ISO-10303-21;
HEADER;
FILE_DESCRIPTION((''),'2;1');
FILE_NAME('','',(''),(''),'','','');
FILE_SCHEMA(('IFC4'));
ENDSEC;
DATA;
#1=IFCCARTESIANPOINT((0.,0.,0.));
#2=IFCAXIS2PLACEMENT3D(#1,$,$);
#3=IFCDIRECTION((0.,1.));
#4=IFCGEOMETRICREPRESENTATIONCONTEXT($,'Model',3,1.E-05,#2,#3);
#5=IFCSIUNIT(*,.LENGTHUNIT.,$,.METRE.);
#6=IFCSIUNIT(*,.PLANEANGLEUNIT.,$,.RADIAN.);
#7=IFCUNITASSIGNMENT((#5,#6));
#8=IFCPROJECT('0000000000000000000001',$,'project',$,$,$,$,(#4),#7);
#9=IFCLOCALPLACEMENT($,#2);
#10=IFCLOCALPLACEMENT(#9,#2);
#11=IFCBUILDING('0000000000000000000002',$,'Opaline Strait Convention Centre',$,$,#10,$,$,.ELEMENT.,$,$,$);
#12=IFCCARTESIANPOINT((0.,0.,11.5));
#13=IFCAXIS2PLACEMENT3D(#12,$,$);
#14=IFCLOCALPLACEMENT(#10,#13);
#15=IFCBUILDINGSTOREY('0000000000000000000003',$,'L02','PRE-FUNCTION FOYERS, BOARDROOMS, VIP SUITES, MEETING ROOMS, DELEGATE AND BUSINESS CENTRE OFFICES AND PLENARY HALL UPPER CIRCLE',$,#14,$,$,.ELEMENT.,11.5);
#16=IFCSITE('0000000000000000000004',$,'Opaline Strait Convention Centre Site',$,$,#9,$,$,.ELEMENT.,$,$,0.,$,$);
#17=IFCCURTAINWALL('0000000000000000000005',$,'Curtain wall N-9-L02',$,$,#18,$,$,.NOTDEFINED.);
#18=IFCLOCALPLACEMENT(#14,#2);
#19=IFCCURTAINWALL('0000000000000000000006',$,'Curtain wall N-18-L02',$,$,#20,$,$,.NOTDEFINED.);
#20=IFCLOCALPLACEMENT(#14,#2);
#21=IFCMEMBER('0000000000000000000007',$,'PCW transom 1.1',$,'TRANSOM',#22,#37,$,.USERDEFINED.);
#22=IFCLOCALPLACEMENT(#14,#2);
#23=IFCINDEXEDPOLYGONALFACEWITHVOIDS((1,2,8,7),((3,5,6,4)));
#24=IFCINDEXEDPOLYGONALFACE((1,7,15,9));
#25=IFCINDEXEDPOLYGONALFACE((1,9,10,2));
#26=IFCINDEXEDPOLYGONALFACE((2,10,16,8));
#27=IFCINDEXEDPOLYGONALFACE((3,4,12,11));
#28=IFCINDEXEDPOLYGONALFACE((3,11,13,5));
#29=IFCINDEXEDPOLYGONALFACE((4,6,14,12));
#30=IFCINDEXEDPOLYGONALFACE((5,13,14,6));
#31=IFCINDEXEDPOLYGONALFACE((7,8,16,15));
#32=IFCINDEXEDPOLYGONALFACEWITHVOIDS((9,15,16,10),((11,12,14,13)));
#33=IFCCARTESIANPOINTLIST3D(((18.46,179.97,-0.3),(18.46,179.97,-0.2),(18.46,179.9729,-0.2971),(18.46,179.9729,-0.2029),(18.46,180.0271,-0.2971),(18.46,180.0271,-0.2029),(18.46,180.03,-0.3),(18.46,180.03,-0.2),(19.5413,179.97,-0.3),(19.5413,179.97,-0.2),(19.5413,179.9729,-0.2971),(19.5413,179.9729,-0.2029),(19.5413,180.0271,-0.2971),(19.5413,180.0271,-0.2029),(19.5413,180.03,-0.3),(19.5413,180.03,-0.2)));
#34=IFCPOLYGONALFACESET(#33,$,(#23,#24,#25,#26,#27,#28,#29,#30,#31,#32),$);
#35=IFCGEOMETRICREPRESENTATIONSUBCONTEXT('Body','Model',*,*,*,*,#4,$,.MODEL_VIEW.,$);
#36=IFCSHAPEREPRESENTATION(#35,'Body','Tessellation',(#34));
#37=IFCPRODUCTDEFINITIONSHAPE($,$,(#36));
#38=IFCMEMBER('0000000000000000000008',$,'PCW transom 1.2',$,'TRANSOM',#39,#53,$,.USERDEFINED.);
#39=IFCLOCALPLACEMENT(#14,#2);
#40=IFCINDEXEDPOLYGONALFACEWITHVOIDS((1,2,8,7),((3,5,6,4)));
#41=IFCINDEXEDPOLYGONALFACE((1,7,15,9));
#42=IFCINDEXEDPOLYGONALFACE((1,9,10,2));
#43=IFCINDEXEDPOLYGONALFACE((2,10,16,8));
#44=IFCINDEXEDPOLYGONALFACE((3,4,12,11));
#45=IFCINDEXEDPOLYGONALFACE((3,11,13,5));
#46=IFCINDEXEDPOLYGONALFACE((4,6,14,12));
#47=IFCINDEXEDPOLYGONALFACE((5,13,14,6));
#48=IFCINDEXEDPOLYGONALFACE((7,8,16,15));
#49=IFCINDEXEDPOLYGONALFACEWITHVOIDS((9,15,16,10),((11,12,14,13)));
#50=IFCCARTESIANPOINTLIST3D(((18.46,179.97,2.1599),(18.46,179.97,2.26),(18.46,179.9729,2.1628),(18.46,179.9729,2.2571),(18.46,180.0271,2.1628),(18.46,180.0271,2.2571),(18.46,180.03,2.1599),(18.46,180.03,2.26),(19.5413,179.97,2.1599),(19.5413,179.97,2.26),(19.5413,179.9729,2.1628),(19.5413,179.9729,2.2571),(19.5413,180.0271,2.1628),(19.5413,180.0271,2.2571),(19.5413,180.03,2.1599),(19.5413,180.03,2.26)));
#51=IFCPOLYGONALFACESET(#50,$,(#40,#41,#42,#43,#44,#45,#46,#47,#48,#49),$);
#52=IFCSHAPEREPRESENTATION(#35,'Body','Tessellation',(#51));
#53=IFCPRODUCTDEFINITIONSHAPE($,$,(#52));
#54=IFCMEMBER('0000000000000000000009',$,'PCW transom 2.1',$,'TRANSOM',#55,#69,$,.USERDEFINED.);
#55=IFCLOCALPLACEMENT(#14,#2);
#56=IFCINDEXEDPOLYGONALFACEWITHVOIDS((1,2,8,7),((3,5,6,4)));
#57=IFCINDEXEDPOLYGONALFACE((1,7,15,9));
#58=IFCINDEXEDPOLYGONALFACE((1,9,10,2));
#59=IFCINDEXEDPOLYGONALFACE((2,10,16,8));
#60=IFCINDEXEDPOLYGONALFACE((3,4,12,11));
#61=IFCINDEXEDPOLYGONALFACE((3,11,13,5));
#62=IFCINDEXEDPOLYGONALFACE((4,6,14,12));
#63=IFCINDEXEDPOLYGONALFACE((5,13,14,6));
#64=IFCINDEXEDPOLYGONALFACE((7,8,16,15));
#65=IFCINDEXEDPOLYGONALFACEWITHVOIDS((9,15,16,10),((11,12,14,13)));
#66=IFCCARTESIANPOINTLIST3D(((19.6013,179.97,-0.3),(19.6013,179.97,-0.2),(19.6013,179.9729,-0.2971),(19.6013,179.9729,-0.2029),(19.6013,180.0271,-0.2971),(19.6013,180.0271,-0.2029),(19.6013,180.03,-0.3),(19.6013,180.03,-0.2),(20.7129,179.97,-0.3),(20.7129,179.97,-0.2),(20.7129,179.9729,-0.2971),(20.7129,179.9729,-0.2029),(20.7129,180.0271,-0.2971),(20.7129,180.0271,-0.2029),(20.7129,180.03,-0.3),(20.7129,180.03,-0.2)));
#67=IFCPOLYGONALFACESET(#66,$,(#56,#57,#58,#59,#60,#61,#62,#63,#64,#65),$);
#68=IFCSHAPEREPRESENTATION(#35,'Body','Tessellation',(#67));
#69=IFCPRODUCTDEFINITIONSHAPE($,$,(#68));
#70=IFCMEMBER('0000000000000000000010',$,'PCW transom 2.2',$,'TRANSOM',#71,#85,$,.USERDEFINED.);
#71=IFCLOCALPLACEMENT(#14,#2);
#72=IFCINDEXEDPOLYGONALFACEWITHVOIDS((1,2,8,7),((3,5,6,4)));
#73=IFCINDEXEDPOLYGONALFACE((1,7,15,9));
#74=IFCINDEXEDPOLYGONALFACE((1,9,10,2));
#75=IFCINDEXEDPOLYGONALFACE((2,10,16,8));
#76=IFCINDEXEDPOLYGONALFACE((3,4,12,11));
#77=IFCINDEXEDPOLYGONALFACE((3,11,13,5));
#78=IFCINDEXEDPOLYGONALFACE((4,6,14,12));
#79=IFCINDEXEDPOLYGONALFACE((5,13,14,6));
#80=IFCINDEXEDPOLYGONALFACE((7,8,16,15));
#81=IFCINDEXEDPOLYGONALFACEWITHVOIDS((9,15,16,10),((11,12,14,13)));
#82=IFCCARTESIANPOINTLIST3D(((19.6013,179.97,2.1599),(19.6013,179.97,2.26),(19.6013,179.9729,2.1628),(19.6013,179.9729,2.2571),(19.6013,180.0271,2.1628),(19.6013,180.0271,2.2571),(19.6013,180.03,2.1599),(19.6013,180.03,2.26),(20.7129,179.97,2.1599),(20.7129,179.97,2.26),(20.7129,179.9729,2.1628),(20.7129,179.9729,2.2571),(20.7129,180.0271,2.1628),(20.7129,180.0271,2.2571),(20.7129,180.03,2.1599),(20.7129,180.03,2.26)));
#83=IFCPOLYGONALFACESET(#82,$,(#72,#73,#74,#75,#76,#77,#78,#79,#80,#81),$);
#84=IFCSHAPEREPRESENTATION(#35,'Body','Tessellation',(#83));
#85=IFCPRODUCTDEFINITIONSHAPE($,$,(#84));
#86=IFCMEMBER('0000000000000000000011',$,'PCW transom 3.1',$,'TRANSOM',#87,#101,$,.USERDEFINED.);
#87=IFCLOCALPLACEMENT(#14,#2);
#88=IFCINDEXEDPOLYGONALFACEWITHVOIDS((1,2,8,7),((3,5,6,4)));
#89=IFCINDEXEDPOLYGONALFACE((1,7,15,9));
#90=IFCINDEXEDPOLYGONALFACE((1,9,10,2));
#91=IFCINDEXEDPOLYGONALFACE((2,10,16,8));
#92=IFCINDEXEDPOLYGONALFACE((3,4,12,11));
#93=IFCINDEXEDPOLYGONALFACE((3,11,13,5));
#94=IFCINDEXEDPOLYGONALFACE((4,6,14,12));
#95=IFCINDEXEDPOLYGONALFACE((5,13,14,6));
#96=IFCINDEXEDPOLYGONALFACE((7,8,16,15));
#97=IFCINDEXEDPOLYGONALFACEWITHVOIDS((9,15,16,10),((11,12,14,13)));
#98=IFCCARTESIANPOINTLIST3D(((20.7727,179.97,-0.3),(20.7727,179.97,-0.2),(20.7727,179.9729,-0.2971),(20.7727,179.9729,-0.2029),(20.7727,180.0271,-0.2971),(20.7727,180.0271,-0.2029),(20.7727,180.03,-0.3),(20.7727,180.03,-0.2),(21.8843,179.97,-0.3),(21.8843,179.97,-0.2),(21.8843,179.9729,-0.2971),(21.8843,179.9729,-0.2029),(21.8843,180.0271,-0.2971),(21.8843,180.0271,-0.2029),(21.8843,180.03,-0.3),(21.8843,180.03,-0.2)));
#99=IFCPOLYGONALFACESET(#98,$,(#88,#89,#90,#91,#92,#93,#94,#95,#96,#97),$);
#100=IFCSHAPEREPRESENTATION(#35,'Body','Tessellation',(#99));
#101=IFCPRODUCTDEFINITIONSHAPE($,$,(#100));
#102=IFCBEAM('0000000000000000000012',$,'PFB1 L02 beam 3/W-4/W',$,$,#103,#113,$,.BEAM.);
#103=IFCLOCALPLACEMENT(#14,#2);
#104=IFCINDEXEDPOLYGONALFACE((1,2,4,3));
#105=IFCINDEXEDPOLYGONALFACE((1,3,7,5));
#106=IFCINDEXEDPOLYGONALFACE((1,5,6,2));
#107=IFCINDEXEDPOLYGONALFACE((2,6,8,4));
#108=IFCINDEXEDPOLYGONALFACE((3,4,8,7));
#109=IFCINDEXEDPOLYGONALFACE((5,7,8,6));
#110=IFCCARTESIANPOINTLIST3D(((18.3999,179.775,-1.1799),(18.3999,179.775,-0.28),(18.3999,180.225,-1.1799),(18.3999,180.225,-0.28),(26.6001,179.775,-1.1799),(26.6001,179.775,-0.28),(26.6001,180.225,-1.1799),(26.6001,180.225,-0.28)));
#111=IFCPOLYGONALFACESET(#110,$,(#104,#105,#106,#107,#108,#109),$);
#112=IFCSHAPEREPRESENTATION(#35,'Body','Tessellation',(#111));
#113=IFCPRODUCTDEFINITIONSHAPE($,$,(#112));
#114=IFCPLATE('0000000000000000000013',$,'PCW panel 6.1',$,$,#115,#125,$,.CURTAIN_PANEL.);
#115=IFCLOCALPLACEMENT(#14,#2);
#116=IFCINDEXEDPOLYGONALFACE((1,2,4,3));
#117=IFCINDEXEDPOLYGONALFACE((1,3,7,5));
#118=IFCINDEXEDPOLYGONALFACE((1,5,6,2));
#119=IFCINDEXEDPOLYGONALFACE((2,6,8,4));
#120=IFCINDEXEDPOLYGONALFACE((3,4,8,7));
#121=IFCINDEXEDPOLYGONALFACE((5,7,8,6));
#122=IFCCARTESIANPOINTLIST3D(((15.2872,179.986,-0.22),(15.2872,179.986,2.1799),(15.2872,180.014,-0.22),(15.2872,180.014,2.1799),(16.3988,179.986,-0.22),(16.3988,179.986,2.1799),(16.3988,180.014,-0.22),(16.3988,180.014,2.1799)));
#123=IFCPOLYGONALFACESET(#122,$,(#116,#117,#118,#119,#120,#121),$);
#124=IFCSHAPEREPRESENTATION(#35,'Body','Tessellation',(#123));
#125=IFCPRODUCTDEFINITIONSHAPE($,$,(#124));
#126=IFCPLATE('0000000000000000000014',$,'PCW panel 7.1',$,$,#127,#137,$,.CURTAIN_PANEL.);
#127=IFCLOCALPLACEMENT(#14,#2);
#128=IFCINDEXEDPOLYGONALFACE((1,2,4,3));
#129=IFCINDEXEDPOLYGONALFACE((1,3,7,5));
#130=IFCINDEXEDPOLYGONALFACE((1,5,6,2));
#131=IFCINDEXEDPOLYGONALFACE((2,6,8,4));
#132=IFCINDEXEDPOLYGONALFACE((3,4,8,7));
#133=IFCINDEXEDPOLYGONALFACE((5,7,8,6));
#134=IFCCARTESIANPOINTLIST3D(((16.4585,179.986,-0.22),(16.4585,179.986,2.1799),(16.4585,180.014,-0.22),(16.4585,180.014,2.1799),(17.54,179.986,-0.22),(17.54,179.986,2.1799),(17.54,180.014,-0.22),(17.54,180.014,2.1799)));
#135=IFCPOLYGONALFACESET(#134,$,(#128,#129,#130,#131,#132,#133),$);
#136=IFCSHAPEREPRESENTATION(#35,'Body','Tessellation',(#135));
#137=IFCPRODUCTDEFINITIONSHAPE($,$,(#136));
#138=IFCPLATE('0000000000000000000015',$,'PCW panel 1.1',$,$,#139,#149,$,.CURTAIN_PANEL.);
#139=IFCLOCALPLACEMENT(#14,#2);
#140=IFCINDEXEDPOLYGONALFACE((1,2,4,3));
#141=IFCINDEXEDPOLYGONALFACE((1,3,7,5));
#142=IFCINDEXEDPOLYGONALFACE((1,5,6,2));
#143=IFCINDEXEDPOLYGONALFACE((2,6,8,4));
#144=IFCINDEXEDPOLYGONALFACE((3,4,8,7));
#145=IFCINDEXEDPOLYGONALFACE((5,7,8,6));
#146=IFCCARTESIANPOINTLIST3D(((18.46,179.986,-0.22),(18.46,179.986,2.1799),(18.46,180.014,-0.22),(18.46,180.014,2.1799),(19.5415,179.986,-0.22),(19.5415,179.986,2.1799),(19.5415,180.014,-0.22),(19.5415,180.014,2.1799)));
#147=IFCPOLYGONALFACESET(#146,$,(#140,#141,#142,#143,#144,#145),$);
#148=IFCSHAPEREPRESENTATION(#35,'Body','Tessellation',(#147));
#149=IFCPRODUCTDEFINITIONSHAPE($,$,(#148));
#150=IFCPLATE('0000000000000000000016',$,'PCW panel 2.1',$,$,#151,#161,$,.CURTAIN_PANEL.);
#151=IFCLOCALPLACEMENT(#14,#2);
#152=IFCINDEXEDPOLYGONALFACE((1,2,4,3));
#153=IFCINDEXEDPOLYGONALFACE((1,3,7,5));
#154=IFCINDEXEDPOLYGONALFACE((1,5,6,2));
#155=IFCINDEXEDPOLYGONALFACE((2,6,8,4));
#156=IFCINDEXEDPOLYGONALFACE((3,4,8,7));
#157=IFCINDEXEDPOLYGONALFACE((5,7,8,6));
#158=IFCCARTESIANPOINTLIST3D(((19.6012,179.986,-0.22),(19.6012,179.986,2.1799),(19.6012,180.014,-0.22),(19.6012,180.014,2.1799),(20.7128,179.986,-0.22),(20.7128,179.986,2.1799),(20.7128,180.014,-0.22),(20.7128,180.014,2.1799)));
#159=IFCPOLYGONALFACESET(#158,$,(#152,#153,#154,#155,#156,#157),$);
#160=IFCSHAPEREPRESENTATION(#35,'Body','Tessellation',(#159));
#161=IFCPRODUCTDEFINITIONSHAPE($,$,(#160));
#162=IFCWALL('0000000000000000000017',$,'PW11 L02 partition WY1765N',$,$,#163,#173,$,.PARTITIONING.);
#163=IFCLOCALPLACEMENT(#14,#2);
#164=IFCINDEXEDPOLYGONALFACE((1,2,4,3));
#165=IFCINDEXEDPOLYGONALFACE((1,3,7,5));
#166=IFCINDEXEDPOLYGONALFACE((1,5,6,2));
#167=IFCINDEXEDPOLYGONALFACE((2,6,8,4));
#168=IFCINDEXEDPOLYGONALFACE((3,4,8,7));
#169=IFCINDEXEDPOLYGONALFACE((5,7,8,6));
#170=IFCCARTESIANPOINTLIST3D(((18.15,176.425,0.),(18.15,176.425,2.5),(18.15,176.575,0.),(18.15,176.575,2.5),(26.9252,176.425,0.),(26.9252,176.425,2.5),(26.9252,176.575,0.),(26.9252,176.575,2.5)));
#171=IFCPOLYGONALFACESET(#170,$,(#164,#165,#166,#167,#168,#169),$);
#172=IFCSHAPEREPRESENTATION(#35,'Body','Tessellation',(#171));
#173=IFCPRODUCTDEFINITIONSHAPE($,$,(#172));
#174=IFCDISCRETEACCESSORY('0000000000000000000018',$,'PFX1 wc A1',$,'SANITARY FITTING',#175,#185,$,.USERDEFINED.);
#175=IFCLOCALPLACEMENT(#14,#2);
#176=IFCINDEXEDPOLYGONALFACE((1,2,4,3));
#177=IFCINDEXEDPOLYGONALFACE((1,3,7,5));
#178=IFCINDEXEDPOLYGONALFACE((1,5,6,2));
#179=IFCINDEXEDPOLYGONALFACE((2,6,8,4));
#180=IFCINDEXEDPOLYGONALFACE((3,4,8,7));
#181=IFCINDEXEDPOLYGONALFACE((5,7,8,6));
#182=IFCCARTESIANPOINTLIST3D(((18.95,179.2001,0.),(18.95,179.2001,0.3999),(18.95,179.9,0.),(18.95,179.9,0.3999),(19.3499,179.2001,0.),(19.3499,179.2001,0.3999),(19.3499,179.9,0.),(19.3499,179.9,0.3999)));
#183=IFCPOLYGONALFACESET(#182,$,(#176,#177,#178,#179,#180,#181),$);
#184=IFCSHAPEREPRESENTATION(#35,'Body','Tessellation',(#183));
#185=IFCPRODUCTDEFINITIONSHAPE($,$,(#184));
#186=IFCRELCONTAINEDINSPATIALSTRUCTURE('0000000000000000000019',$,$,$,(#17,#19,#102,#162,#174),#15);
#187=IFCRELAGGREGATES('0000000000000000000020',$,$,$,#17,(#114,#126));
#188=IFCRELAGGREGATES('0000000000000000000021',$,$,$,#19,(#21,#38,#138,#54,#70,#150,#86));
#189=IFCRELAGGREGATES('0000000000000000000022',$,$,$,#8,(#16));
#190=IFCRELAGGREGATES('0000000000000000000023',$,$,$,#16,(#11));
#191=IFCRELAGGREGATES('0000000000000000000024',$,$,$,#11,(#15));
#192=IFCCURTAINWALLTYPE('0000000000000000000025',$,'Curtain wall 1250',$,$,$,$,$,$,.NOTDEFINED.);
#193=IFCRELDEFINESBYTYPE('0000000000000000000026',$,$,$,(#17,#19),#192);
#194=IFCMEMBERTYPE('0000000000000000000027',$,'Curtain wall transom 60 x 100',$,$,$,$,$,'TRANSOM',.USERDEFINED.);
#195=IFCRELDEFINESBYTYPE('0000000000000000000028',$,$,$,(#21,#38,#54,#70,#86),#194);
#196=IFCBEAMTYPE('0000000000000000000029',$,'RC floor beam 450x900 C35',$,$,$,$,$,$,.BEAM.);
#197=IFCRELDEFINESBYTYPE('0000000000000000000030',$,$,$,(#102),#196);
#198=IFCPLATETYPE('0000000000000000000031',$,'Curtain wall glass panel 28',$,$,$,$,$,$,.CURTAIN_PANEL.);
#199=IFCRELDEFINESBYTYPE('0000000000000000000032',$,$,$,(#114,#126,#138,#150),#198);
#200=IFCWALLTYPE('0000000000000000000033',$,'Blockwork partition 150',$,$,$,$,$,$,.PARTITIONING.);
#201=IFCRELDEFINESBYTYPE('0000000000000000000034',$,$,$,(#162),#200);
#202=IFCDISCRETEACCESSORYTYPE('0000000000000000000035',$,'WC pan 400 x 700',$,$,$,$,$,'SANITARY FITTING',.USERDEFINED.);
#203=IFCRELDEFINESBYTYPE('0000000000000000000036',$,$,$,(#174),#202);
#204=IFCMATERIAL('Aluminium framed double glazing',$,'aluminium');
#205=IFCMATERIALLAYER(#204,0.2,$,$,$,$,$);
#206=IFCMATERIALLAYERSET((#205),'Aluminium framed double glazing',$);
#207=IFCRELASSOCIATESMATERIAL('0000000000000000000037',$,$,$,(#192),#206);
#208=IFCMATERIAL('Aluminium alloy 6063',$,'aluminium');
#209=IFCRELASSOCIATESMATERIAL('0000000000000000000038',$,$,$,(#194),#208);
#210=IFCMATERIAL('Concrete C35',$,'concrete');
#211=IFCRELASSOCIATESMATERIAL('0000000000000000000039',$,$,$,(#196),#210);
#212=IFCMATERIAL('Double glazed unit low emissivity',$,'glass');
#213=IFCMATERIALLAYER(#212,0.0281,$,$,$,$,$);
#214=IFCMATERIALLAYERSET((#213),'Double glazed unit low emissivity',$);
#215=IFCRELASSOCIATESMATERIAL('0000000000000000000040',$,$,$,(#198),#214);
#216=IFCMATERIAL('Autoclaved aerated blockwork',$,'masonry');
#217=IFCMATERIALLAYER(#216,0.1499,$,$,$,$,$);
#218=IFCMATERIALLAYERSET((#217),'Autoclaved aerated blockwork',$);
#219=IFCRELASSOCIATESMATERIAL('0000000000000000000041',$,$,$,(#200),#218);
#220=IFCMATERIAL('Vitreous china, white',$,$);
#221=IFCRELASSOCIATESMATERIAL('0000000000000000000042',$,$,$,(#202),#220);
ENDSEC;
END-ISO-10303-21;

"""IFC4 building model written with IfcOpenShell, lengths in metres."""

from ifc_helpers import new_model, si_unit, direction, frame, frame_2d, origin, origin_2d, place, context, subcontext, project, spatial, rectangle, hollow_rectangle, extrude, material, layer, layer_set, material_profile, profile_set, type_object, element, aggregate, save


model = new_model("IFC4")

# Units and contexts
model_context = context("Model", 3, precision=1e-05, world=origin(), true_north=direction((0.0, 1.0)))
body_context = subcontext(model_context, "Body", "Model", "MODEL_VIEW")
ifc_project = project(units=[si_unit("LENGTHUNIT", "METRE"), si_unit("PLANEANGLEUNIT", "RADIAN")], contexts=[model_context])

# Site, building, storey
site_placement = place(None, origin())
site = spatial("IfcSite", under=ifc_project, at=site_placement, Name="Opaline Strait Convention Centre Site", CompositionType="ELEMENT", RefElevation=0.0)
building_placement = place(site_placement, origin())
building = spatial("IfcBuilding", under=site, at=building_placement, Name="Opaline Strait Convention Centre", CompositionType="ELEMENT")
storey_placement = place(building_placement, frame((0.0, 0.0, 11.5)))
storey = spatial("IfcBuildingStorey", under=building, at=storey_placement, Name="L02", Description="PRE-FUNCTION FOYERS, BOARDROOMS, VIP SUITES, MEETING ROOMS, DELEGATE AND BUSINESS CENTRE OFFICES AND PLENARY HALL UPPER CIRCLE", CompositionType="ELEMENT", Elevation=11.5)

# Curtain walls
ifc_material_1 = material(Name="Aluminium framed double glazing", Category="aluminium")
ifc_layer_1 = layer(ifc_material_1, 0.2)
ifc_layer_set_1 = layer_set([ifc_layer_1], Name="Aluminium framed double glazing")
curtain_wall_type = type_object("IfcCurtainWallType", Name="Curtain wall 1250", PredefinedType="NOTDEFINED", material=ifc_layer_set_1)
curtain_wall_1_placement = place(storey_placement, origin())
curtain_wall_1 = element("IfcCurtainWall", 1, at=curtain_wall_1_placement, inside=storey, type_object=curtain_wall_type, Name="Curtain wall N-9-L02", PredefinedType="NOTDEFINED")
ifc_material_2 = material(Name="Aluminium alloy 6063", Category="aluminium")
curtain_wall_2_placement = place(storey_placement, origin())
curtain_wall_2 = element("IfcCurtainWall", 2, at=curtain_wall_2_placement, inside=storey, type_object=curtain_wall_type, Name="Curtain wall N-18-L02", PredefinedType="NOTDEFINED")

# Members
ifc_material_profile_1 = material_profile(ifc_material_2, hollow_rectangle(XDim=0.0601, YDim=0.1001, WallThickness=0.0029, at=origin_2d()), Name="TRANSOM 60x100x3")
ifc_profile_set_1 = profile_set([ifc_material_profile_1], Name="Aluminium alloy 6063")
member_type_1 = type_object("IfcMemberType", Name="Curtain wall transom 60 x 100", ElementType="TRANSOM", PredefinedType="USERDEFINED", material=ifc_profile_set_1)
member_1_placement = place(storey_placement, frame((18.46, 180.0, -0.25), z_axis=(1.0, 0.0, 0.0), x_axis=(0.0, 1.0, 0.0)))
member_1 = element("IfcMember", 3, at=member_1_placement, type_object=member_type_1, Name="PCW transom 1.1", ObjectType="TRANSOM", PredefinedType="USERDEFINED", context=body_context, shape_type="SweptSolid", body=[
    extrude(hollow_rectangle(XDim=0.0601, YDim=0.1001, WallThickness=0.0029, at=origin_2d()), origin(), (0.0, 0.0, 1.0), 1.0813),
])
member_2_placement = place(storey_placement, frame((18.46, 180.0, 2.21), z_axis=(1.0, 0.0, 0.0), x_axis=(0.0, 1.0, 0.0)))
member_2 = element("IfcMember", 4, at=member_2_placement, type_object=member_type_1, Name="PCW transom 1.2", ObjectType="TRANSOM", PredefinedType="USERDEFINED", context=body_context, shape_type="SweptSolid", body=[
    extrude(hollow_rectangle(XDim=0.0601, YDim=0.1001, WallThickness=0.0029, at=origin_2d()), origin(), (0.0, 0.0, 1.0), 1.0813),
])
member_3_placement = place(storey_placement, frame((19.6013, 180.0, -0.25), z_axis=(1.0, 0.0, 0.0), x_axis=(0.0, 1.0, 0.0)))
member_3 = element("IfcMember", 5, at=member_3_placement, type_object=member_type_1, Name="PCW transom 2.1", ObjectType="TRANSOM", PredefinedType="USERDEFINED", context=body_context, shape_type="SweptSolid", body=[
    extrude(hollow_rectangle(XDim=0.0601, YDim=0.1001, WallThickness=0.0029, at=origin_2d()), origin(), (0.0, 0.0, 1.0), 1.1116),
])
member_4_placement = place(storey_placement, frame((19.6013, 180.0, 2.21), z_axis=(1.0, 0.0, 0.0), x_axis=(0.0, 1.0, 0.0)))
member_4 = element("IfcMember", 6, at=member_4_placement, type_object=member_type_1, Name="PCW transom 2.2", ObjectType="TRANSOM", PredefinedType="USERDEFINED", context=body_context, shape_type="SweptSolid", body=[
    extrude(hollow_rectangle(XDim=0.0601, YDim=0.1001, WallThickness=0.0029, at=origin_2d()), origin(), (0.0, 0.0, 1.0), 1.1116),
])
member_5_placement = place(storey_placement, frame((20.7727, 180.0, -0.25), z_axis=(1.0, 0.0, 0.0), x_axis=(0.0, 1.0, 0.0)))
member_5 = element("IfcMember", 7, at=member_5_placement, type_object=member_type_1, Name="PCW transom 3.1", ObjectType="TRANSOM", PredefinedType="USERDEFINED", context=body_context, shape_type="SweptSolid", body=[
    extrude(hollow_rectangle(XDim=0.0601, YDim=0.1001, WallThickness=0.0029, at=origin_2d()), origin(), (0.0, 0.0, 1.0), 1.1116),
])

# Beam
ifc_material_3 = material(Name="Concrete C35", Category="concrete")
ifc_material_profile_2 = material_profile(ifc_material_3, rectangle(XDim=0.45, YDim=0.8999, at=origin_2d()), Name="RC 450x900")
ifc_profile_set_2 = profile_set([ifc_material_profile_2], Name="Concrete C35")
beam_type = type_object("IfcBeamType", Name="RC floor beam 450x900 C35", PredefinedType="BEAM", material=ifc_profile_set_2)
beam_placement = place(storey_placement, frame((18.3999, 180.0, -0.73), z_axis=(1.0, 0.0, 0.0), x_axis=(0.0, 1.0, 0.0)))
element("IfcBeam", 8, at=beam_placement, inside=storey, type_object=beam_type, Name="PFB1 L02 beam 3/W-4/W", PredefinedType="BEAM", context=body_context, shape_type="SweptSolid", body=[
    extrude(rectangle(XDim=0.45, YDim=0.8999, at=origin_2d()), origin(), (0.0, 0.0, 1.0), 8.2002),
])

# Plates
ifc_material_4 = material(Name="Double glazed unit low emissivity", Category="glass")
ifc_layer_2 = layer(ifc_material_4, 0.0281)
ifc_layer_set_2 = layer_set([ifc_layer_2], Name="Double glazed unit low emissivity")
plate_type = type_object("IfcPlateType", Name="Curtain wall glass panel 28", PredefinedType="CURTAIN_PANEL", material=ifc_layer_set_2)
plate_1_placement = place(storey_placement, frame((15.843, 180.0, -0.22), z_axis=(0.0, 0.0, 1.0), x_axis=(1.0, 0.0, 0.0)))
plate_1 = element("IfcPlate", 9, at=plate_1_placement, type_object=plate_type, Name="PCW panel 6.1", PredefinedType="CURTAIN_PANEL", context=body_context, shape_type="SweptSolid", body=[
    extrude(rectangle(XDim=1.1116, YDim=0.0281, at=origin_2d()), origin(), (0.0, 0.0, 1.0), 2.3999),
])
plate_2_placement = place(storey_placement, frame((16.9993, 180.0, -0.22), z_axis=(0.0, 0.0, 1.0), x_axis=(1.0, 0.0, 0.0)))
plate_2 = element("IfcPlate", 10, at=plate_2_placement, type_object=plate_type, Name="PCW panel 7.1", PredefinedType="CURTAIN_PANEL", context=body_context, shape_type="SweptSolid", body=[
    extrude(rectangle(XDim=1.0815, YDim=0.0281, at=origin_2d()), origin(), (0.0, 0.0, 1.0), 2.3999),
])
aggregate(curtain_wall_1, [plate_1, plate_2])
plate_3_placement = place(storey_placement, frame((19.0007, 180.0, -0.22), z_axis=(0.0, 0.0, 1.0), x_axis=(1.0, 0.0, 0.0)))
plate_3 = element("IfcPlate", 11, at=plate_3_placement, type_object=plate_type, Name="PCW panel 1.1", PredefinedType="CURTAIN_PANEL", context=body_context, shape_type="SweptSolid", body=[
    extrude(rectangle(XDim=1.0815, YDim=0.0281, at=origin_2d()), origin(), (0.0, 0.0, 1.0), 2.3999),
])
plate_4_placement = place(storey_placement, frame((20.157, 180.0, -0.22), z_axis=(0.0, 0.0, 1.0), x_axis=(1.0, 0.0, 0.0)))
plate_4 = element("IfcPlate", 12, at=plate_4_placement, type_object=plate_type, Name="PCW panel 2.1", PredefinedType="CURTAIN_PANEL", context=body_context, shape_type="SweptSolid", body=[
    extrude(rectangle(XDim=1.1116, YDim=0.0281, at=origin_2d()), origin(), (0.0, 0.0, 1.0), 2.3999),
])
aggregate(curtain_wall_2, [member_1, member_2, plate_3, member_3, member_4, plate_4, member_5])

# Wall
ifc_material_5 = material(Name="Autoclaved aerated blockwork", Category="masonry")
ifc_layer_3 = layer(ifc_material_5, 0.1499)
ifc_layer_set_3 = layer_set([ifc_layer_3], Name="Autoclaved aerated blockwork")
wall_type = type_object("IfcWallType", Name="Blockwork partition 150", PredefinedType="PARTITIONING", material=ifc_layer_set_3)
wall_placement = place(storey_placement, frame((18.1499, 176.5, 0.0), z_axis=(0.0, 0.0, 1.0), x_axis=(1.0, 0.0, 0.0)))
element("IfcWall", 13, at=wall_placement, inside=storey, type_object=wall_type, Name="PW11 L02 partition WY1765N", PredefinedType="PARTITIONING", context=body_context, shape_type="SweptSolid", body=[
    extrude(rectangle(XDim=8.7751, YDim=0.1499, at=frame_2d((4.3877, 0.0))), origin(), (0.0, 0.0, 1.0), 2.5),
])

# Discrete accessory
ifc_material_6 = material(Name="Vitreous china, white")
discrete_accessory_type_1 = type_object("IfcDiscreteAccessoryType", Name="WC pan 400 x 700", ElementType="SANITARY FITTING", PredefinedType="USERDEFINED", material=ifc_material_6)
discrete_accessory_1_placement = place(storey_placement, frame((19.1499, 179.55, 0.0), z_axis=(0.0, 0.0, 1.0), x_axis=(1.0, 0.0, 0.0)))
element("IfcDiscreteAccessory", 14, at=discrete_accessory_1_placement, inside=storey, type_object=discrete_accessory_type_1, Name="PFX1 wc A1", ObjectType="SANITARY FITTING", PredefinedType="USERDEFINED", context=body_context, shape_type="SweptSolid", body=[
    extrude(rectangle(XDim=0.3999, YDim=0.7, at=origin_2d()), origin(), (0.0, 0.0, 1.0), 0.3999),
])

save(model, "model.ifc")
